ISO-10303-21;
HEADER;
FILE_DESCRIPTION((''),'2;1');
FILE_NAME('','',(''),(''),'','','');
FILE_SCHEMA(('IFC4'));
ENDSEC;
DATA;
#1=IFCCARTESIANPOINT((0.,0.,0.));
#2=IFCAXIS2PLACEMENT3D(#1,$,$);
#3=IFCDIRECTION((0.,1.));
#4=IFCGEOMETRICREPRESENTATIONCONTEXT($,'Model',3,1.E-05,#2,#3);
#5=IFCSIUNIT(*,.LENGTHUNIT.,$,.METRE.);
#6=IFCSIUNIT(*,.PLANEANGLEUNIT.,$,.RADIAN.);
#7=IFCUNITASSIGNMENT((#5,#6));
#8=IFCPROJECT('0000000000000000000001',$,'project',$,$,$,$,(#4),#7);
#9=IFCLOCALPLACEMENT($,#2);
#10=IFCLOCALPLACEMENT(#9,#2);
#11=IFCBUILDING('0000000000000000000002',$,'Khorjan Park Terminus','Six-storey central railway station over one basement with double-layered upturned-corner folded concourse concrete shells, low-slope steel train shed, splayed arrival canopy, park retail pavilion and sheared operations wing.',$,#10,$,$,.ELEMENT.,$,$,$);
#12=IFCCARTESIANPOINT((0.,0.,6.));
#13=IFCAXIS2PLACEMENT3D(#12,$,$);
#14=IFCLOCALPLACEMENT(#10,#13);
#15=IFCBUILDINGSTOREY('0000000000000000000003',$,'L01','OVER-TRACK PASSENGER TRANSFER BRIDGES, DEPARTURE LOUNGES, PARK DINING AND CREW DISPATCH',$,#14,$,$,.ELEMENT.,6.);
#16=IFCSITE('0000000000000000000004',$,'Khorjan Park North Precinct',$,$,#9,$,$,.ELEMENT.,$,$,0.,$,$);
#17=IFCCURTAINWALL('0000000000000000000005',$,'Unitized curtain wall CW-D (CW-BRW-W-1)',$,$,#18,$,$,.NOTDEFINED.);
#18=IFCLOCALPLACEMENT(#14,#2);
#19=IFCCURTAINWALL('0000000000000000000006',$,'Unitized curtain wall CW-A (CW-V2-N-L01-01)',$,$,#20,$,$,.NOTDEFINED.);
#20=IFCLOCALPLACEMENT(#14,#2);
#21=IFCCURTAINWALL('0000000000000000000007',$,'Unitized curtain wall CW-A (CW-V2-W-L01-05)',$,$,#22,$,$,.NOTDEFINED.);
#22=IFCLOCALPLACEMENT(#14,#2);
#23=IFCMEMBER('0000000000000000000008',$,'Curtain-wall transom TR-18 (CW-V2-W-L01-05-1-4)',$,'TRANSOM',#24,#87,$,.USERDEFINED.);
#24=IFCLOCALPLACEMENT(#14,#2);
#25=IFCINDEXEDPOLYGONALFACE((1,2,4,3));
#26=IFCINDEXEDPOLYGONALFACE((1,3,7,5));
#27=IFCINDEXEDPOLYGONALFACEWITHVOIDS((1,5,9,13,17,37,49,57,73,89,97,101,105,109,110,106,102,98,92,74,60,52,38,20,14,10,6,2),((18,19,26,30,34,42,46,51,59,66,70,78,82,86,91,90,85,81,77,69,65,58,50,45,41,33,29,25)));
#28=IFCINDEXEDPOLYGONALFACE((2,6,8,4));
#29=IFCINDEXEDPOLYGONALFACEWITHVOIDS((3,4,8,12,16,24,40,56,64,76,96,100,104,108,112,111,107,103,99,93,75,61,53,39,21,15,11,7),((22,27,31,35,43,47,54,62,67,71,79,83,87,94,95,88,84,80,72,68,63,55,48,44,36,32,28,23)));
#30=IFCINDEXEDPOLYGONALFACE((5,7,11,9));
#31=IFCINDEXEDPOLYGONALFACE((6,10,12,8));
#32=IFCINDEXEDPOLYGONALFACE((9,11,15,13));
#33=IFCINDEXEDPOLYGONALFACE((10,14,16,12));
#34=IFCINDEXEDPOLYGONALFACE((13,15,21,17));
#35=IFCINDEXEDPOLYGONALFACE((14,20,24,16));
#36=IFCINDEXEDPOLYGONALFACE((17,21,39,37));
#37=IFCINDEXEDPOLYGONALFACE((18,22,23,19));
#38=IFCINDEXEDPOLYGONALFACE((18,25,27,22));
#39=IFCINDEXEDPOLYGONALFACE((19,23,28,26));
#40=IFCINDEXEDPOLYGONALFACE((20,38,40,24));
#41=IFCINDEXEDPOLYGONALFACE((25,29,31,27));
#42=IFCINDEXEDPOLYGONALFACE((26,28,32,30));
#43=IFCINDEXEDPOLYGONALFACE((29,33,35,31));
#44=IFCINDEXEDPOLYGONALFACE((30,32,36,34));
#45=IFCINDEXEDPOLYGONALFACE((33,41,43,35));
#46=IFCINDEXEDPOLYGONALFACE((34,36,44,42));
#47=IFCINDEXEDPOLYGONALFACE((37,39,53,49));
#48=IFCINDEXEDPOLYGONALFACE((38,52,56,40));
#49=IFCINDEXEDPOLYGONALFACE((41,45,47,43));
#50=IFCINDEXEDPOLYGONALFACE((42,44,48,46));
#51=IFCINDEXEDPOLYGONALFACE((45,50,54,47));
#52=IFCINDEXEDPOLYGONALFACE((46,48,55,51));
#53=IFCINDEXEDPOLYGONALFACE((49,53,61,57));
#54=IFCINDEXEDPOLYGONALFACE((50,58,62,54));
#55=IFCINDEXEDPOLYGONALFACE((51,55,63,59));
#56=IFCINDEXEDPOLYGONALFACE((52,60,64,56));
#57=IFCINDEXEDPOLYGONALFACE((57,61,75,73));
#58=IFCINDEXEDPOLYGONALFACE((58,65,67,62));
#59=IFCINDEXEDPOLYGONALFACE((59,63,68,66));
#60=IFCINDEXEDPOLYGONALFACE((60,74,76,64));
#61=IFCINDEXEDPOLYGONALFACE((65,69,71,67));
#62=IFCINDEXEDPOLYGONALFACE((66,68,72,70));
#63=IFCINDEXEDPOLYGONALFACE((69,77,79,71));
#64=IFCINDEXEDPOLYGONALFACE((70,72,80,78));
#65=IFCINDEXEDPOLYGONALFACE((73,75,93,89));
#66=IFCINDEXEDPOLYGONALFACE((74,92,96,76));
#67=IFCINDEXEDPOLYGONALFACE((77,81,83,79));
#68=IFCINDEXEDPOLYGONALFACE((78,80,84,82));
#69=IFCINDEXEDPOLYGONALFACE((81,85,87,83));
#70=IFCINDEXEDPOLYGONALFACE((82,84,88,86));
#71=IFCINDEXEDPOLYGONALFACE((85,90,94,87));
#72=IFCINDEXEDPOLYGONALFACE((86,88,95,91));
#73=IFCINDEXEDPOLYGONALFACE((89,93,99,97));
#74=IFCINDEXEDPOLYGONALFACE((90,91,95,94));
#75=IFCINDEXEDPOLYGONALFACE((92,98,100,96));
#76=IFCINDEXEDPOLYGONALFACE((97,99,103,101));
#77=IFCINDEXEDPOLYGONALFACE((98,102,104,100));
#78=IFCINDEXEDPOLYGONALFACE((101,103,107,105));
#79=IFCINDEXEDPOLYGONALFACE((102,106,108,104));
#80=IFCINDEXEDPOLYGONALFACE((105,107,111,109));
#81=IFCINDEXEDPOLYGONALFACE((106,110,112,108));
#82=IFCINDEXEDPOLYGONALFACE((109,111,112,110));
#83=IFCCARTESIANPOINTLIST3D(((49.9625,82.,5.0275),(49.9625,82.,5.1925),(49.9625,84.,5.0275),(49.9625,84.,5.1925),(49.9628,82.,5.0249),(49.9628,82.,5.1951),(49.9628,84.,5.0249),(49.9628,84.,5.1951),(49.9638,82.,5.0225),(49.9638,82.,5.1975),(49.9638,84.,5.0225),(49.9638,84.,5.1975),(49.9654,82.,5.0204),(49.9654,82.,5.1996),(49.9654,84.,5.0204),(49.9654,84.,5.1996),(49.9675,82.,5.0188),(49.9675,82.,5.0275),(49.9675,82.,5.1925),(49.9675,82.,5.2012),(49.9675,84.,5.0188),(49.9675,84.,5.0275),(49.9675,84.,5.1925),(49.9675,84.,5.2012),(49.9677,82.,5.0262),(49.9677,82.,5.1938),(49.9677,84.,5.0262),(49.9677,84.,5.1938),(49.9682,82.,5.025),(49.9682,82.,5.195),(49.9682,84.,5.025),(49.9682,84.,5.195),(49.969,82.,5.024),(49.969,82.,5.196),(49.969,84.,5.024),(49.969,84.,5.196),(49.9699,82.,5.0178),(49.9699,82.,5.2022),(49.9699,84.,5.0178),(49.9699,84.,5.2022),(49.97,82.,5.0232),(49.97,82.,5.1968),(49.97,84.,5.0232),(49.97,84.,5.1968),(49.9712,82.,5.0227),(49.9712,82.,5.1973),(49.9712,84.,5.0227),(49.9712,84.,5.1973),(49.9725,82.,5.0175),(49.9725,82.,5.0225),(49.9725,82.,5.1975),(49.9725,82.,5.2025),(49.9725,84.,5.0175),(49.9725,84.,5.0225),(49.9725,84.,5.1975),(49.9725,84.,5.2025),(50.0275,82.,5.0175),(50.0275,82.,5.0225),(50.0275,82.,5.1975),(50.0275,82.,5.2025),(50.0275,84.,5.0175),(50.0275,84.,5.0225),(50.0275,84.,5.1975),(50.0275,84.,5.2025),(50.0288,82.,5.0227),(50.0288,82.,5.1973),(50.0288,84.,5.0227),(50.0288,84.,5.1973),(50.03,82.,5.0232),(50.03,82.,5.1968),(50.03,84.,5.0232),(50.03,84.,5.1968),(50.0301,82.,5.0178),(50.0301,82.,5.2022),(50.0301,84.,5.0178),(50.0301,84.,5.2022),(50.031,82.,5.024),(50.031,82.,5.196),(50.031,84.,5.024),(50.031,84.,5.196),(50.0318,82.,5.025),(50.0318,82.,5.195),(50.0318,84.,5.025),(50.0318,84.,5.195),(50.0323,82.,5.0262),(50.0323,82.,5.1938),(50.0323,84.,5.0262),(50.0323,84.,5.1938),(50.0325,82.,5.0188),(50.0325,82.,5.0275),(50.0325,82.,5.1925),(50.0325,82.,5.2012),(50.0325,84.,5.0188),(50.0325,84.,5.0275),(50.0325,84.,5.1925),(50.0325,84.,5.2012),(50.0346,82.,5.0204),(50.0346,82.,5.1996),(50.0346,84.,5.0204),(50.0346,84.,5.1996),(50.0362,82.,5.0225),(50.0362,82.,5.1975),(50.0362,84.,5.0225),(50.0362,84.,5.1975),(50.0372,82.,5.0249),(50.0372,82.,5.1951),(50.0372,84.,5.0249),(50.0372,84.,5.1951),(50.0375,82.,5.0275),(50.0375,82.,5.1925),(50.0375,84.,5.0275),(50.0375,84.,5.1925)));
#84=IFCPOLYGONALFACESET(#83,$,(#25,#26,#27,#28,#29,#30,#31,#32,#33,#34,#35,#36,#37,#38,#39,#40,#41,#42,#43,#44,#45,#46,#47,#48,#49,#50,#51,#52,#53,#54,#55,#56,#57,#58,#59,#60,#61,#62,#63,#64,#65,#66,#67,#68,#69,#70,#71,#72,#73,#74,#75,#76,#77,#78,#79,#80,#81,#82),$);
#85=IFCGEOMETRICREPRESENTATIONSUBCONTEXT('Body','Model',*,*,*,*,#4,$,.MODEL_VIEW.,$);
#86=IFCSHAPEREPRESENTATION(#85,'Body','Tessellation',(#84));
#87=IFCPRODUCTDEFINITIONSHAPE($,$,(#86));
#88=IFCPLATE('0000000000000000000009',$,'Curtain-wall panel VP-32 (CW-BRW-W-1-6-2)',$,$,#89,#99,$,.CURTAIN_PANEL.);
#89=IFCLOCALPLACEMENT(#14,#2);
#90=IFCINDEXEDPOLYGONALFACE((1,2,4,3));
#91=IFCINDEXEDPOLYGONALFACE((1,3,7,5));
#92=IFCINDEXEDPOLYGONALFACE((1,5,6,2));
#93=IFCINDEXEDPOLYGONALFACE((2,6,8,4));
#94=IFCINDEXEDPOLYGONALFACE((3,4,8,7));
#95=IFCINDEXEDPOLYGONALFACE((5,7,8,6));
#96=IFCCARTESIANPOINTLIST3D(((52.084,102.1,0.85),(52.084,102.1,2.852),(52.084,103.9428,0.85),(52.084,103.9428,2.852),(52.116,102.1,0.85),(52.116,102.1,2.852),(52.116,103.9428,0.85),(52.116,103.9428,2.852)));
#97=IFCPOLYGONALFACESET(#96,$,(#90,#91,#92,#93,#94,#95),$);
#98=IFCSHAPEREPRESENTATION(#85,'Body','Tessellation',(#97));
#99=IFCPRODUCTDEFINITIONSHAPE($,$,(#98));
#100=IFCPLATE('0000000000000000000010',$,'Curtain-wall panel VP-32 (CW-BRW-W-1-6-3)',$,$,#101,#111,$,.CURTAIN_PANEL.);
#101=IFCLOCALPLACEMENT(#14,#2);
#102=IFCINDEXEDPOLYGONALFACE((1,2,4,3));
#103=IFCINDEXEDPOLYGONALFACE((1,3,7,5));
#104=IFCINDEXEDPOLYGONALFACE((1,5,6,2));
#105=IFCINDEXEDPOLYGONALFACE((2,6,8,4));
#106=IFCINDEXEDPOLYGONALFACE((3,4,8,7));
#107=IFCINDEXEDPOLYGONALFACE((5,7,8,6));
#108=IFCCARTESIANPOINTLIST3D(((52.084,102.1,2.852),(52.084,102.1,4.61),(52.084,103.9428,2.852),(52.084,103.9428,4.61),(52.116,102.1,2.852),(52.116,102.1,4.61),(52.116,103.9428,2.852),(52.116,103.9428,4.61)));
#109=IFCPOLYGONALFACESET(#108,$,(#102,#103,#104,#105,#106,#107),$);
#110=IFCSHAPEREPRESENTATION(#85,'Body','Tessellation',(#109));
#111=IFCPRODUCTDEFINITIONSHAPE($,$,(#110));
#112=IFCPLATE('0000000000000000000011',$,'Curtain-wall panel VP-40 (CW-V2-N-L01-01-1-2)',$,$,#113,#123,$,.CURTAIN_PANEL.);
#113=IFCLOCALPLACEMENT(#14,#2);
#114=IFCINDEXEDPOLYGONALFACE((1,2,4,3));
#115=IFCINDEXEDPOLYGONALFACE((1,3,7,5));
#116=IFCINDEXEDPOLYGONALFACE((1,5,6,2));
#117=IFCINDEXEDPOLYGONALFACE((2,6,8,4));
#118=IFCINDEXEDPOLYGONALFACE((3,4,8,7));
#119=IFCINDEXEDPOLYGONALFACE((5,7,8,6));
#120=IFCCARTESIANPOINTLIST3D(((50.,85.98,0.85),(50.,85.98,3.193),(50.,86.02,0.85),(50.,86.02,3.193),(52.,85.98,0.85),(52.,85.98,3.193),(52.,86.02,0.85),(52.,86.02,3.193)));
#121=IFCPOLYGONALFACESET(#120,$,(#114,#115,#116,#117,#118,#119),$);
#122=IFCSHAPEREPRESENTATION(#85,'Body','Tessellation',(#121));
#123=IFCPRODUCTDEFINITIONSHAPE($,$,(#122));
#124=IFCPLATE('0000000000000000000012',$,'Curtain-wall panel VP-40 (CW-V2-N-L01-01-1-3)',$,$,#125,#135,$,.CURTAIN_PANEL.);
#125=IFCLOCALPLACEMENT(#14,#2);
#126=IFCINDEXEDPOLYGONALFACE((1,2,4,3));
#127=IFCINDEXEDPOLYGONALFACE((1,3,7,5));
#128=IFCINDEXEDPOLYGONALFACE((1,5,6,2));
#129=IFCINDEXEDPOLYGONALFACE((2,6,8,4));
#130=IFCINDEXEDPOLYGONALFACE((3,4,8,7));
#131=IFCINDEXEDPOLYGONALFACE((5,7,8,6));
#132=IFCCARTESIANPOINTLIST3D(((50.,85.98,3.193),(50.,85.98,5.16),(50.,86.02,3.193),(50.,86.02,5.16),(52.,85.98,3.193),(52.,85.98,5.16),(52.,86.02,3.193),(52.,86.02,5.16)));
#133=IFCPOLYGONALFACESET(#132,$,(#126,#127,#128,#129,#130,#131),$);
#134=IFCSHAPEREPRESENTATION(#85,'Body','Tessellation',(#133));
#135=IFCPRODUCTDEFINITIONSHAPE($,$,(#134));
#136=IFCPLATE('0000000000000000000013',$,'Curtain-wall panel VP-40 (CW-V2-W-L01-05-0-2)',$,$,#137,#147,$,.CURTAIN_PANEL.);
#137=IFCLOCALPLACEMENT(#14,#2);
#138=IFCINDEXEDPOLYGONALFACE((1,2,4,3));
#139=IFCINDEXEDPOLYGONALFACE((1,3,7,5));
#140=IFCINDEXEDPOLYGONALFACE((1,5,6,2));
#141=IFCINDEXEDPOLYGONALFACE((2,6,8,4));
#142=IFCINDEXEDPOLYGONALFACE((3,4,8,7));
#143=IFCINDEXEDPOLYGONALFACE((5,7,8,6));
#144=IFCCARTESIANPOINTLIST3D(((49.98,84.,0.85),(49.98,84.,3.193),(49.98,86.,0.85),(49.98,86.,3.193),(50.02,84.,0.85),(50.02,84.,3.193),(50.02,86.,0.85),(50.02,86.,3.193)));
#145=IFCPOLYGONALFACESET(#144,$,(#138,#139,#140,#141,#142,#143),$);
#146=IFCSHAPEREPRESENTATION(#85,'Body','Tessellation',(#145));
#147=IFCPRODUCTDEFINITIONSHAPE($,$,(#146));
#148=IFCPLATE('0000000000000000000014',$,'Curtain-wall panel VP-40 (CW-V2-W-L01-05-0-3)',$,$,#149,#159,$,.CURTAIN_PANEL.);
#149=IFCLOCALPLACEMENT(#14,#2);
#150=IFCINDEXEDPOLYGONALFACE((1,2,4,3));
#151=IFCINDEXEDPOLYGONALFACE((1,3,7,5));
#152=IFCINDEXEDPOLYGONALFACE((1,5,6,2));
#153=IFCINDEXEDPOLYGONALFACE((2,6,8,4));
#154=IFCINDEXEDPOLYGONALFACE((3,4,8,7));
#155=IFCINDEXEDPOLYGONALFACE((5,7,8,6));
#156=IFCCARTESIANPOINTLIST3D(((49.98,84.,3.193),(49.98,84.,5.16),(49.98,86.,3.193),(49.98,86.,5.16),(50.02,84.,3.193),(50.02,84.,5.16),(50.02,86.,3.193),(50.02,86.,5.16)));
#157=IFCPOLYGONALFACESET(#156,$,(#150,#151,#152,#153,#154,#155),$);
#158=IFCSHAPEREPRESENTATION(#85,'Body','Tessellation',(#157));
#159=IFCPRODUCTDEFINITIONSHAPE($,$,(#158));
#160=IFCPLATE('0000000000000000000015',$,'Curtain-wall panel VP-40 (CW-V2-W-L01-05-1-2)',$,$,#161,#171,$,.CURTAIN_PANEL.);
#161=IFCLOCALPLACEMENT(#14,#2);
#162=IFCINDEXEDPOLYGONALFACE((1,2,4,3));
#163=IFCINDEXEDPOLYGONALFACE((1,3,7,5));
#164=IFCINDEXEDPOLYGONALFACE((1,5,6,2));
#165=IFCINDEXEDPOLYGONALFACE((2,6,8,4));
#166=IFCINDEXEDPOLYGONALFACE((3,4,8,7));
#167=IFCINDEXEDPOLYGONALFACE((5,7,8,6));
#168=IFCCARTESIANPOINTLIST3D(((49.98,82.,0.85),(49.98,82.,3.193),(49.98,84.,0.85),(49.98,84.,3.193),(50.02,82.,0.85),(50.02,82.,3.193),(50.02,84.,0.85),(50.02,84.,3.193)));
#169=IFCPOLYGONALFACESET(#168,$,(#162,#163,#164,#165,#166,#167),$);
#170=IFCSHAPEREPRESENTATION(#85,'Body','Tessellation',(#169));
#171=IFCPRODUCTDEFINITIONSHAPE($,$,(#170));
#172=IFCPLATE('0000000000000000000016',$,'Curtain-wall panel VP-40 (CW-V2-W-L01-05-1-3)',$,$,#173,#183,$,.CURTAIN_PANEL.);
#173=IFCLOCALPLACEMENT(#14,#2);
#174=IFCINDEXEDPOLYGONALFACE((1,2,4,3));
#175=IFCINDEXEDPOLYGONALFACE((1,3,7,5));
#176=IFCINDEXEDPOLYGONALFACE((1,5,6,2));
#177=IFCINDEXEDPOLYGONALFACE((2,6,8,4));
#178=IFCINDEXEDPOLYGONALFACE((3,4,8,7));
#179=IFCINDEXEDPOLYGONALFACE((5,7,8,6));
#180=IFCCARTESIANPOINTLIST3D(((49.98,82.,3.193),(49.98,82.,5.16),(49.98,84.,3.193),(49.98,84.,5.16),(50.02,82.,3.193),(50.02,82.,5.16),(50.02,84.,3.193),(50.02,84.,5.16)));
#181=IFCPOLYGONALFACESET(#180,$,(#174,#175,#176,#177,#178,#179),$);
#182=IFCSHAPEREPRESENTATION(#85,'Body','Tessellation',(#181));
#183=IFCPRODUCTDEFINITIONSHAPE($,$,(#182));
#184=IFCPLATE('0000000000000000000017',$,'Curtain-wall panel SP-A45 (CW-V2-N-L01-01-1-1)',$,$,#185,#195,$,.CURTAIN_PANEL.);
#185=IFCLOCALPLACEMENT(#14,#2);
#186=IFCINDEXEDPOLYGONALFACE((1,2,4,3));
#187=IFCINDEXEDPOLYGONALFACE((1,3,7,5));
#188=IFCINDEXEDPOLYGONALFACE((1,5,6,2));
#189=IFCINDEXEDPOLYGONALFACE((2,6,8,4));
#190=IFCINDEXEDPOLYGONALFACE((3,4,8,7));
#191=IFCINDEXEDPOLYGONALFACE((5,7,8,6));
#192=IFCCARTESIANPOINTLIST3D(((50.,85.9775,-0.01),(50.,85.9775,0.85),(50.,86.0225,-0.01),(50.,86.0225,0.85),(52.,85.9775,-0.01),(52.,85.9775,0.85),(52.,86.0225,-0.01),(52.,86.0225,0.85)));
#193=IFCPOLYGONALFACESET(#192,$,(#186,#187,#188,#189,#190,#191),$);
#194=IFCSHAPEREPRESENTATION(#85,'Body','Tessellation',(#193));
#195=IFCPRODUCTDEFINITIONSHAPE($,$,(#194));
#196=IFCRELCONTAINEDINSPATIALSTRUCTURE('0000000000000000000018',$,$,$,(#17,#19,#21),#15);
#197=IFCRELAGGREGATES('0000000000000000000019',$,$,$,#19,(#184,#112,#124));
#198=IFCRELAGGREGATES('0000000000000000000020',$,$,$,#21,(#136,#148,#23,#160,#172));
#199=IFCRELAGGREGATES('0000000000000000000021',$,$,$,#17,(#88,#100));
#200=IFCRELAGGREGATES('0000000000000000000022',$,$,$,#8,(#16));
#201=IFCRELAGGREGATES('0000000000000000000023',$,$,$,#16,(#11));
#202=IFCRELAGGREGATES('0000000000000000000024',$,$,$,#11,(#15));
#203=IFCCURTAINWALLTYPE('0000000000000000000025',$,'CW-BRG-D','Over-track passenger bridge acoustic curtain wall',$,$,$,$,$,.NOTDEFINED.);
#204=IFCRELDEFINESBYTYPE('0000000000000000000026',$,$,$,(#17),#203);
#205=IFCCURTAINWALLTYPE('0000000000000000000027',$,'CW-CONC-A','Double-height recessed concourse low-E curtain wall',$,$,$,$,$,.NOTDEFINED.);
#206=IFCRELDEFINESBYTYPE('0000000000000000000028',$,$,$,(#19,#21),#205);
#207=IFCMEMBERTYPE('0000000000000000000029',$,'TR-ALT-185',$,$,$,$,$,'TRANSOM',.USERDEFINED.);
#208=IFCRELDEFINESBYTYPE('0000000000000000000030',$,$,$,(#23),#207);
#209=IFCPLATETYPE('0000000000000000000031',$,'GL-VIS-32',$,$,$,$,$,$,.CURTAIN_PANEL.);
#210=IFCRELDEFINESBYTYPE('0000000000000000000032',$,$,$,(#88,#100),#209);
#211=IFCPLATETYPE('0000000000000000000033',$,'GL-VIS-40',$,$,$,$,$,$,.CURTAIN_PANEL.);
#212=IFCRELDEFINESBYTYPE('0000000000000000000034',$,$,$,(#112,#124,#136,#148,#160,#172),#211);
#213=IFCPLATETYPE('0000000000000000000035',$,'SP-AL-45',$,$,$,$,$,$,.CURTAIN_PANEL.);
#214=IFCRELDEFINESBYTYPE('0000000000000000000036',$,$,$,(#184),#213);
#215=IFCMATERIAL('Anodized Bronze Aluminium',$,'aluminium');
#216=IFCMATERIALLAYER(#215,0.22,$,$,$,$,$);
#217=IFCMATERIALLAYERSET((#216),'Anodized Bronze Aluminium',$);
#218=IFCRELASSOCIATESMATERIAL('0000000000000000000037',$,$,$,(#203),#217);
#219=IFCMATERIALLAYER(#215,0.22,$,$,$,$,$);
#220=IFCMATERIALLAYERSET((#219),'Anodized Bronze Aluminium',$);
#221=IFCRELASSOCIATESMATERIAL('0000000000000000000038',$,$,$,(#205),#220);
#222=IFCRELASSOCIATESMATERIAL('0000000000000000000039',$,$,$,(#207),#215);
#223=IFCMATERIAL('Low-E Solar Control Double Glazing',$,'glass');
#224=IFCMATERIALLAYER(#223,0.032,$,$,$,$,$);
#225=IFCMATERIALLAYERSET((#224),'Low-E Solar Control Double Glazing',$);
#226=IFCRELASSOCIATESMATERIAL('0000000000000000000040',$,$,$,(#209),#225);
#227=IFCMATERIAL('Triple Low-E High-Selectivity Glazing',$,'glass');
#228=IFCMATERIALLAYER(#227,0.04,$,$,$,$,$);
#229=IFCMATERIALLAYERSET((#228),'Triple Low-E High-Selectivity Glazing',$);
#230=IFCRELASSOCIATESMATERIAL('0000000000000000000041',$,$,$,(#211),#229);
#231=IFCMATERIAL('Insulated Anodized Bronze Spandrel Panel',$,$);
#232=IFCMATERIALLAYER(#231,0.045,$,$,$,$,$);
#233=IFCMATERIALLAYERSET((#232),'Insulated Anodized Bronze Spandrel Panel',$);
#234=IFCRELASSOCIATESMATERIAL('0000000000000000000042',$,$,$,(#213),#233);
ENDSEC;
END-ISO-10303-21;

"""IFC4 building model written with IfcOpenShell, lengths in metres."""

from ifc_helpers import new_model, si_unit, direction, frame, origin, origin_2d, place, context, subcontext, project, spatial, rectangle, hollow_rectangle, extrude, material, layer, layer_set, material_profile, profile_set, type_object, element, aggregate, save


model = new_model("IFC4")

# Units and contexts
model_context = context("Model", 3, precision=1e-05, world=origin(), true_north=direction((0.0, 1.0)))
body_context = subcontext(model_context, "Body", "Model", "MODEL_VIEW")
ifc_project = project(units=[si_unit("LENGTHUNIT", "METRE"), si_unit("PLANEANGLEUNIT", "RADIAN")], contexts=[model_context])

# Site, building, storey
site_placement = place(None, origin())
site = spatial("IfcSite", under=ifc_project, at=site_placement, Name="Khorjan Park North Precinct", CompositionType="ELEMENT", RefElevation=0.0)
building_placement = place(site_placement, origin())
building = spatial("IfcBuilding", under=site, at=building_placement, Name="Khorjan Park Terminus", Description="Six-storey central railway station over one basement with double-layered upturned-corner folded concourse concrete shells, low-slope steel train shed, splayed arrival canopy, park retail pavilion and sheared operations wing.", CompositionType="ELEMENT")
storey_placement = place(building_placement, frame((0.0, 0.0, 6.0)))
storey = spatial("IfcBuildingStorey", under=building, at=storey_placement, Name="L01", Description="OVER-TRACK PASSENGER TRANSFER BRIDGES, DEPARTURE LOUNGES, PARK DINING AND CREW DISPATCH", CompositionType="ELEMENT", Elevation=6.0)

# Curtain walls
ifc_material_1 = material(Name="Anodized Bronze Aluminium", Category="aluminium")
ifc_layer_1 = layer(ifc_material_1, 0.22)
ifc_layer_set_1 = layer_set([ifc_layer_1], Name="Anodized Bronze Aluminium")
curtain_wall_type_1 = type_object("IfcCurtainWallType", Name="CW-BRG-D", Description="Over-track passenger bridge acoustic curtain wall", PredefinedType="NOTDEFINED", material=ifc_layer_set_1)
curtain_wall_1_placement = place(storey_placement, origin())
curtain_wall_1 = element("IfcCurtainWall", 1, at=curtain_wall_1_placement, inside=storey, type_object=curtain_wall_type_1, Name="Unitized curtain wall CW-D (CW-BRW-W-1)", PredefinedType="NOTDEFINED")
ifc_layer_2 = layer(ifc_material_1, 0.22)
ifc_layer_set_2 = layer_set([ifc_layer_2], Name="Anodized Bronze Aluminium")
curtain_wall_type_2 = type_object("IfcCurtainWallType", Name="CW-CONC-A", Description="Double-height recessed concourse low-E curtain wall", PredefinedType="NOTDEFINED", material=ifc_layer_set_2)
curtain_wall_2_placement = place(storey_placement, origin())
curtain_wall_2 = element("IfcCurtainWall", 2, at=curtain_wall_2_placement, inside=storey, type_object=curtain_wall_type_2, Name="Unitized curtain wall CW-A (CW-V2-N-L01-01)", PredefinedType="NOTDEFINED")

# Curtain wall
curtain_wall_3_placement = place(storey_placement, origin())
curtain_wall_3 = element("IfcCurtainWall", 3, at=curtain_wall_3_placement, inside=storey, type_object=curtain_wall_type_2, Name="Unitized curtain wall CW-A (CW-V2-W-L01-05)", PredefinedType="NOTDEFINED")

# Member
ifc_material_profile_1 = material_profile(ifc_material_1, hollow_rectangle(XDim=0.075, YDim=0.185, WallThickness=0.005, InnerFilletRadius=0.005, OuterFilletRadius=0.01, at=origin_2d()), Name="ALT 75x185x5")
ifc_profile_set_1 = profile_set([ifc_material_profile_1], Name="Anodized Bronze Aluminium")
member_type_1 = type_object("IfcMemberType", Name="TR-ALT-185", ElementType="TRANSOM", PredefinedType="USERDEFINED", material=ifc_profile_set_1)
member_1_placement = place(storey_placement, frame((50.0, 84.0, 5.11), z_axis=(0.0, -1.0, 0.0), x_axis=(1.0, 0.0, 0.0)))
member_1 = element("IfcMember", 4, at=member_1_placement, type_object=member_type_1, Name="Curtain-wall transom TR-18 (CW-V2-W-L01-05-1-4)", ObjectType="TRANSOM", PredefinedType="USERDEFINED", context=body_context, shape_type="SweptSolid", body=[
    extrude(hollow_rectangle(XDim=0.075, YDim=0.185, WallThickness=0.005, InnerFilletRadius=0.005, OuterFilletRadius=0.01, at=origin_2d()), origin(), (0.0, 0.0, 1.0), 2.0),
])

# Plates
ifc_material_2 = material(Name="Low-E Solar Control Double Glazing", Category="glass")
ifc_layer_3 = layer(ifc_material_2, 0.032)
ifc_layer_set_3 = layer_set([ifc_layer_3], Name="Low-E Solar Control Double Glazing")
plate_type_1 = type_object("IfcPlateType", Name="GL-VIS-32", PredefinedType="CURTAIN_PANEL", material=ifc_layer_set_3)
plate_1_placement = place(storey_placement, frame((52.1, 103.0214, 0.85), z_axis=(0.0, 0.0, 1.0), x_axis=(0.0, -1.0, 0.0)))
plate_1 = element("IfcPlate", 5, at=plate_1_placement, type_object=plate_type_1, Name="Curtain-wall panel VP-32 (CW-BRW-W-1-6-2)", PredefinedType="CURTAIN_PANEL", context=body_context, shape_type="SweptSolid", body=[
    extrude(rectangle(XDim=1.8429, YDim=0.032, at=origin_2d()), origin(), (0.0, 0.0, 1.0), 2.002),
])
plate_2_placement = place(storey_placement, frame((52.1, 103.0214, 2.852), z_axis=(0.0, 0.0, 1.0), x_axis=(0.0, -1.0, 0.0)))
plate_2 = element("IfcPlate", 6, at=plate_2_placement, type_object=plate_type_1, Name="Curtain-wall panel VP-32 (CW-BRW-W-1-6-3)", PredefinedType="CURTAIN_PANEL", context=body_context, shape_type="SweptSolid", body=[
    extrude(rectangle(XDim=1.8429, YDim=0.032, at=origin_2d()), origin(), (0.0, 0.0, 1.0), 1.758),
])
ifc_material_3 = material(Name="Triple Low-E High-Selectivity Glazing", Category="glass")
ifc_layer_4 = layer(ifc_material_3, 0.04)
ifc_layer_set_4 = layer_set([ifc_layer_4], Name="Triple Low-E High-Selectivity Glazing")
plate_type_2 = type_object("IfcPlateType", Name="GL-VIS-40", PredefinedType="CURTAIN_PANEL", material=ifc_layer_set_4)
plate_3_placement = place(storey_placement, frame((51.0, 86.0, 0.85), z_axis=(0.0, 0.0, 1.0), x_axis=(-1.0, 0.0, 0.0)))
plate_3 = element("IfcPlate", 7, at=plate_3_placement, type_object=plate_type_2, Name="Curtain-wall panel VP-40 (CW-V2-N-L01-01-1-2)", PredefinedType="CURTAIN_PANEL", context=body_context, shape_type="SweptSolid", body=[
    extrude(rectangle(XDim=2.0, YDim=0.04, at=origin_2d()), origin(), (0.0, 0.0, 1.0), 2.343),
])
plate_4_placement = place(storey_placement, frame((51.0, 86.0, 3.193), z_axis=(0.0, 0.0, 1.0), x_axis=(-1.0, 0.0, 0.0)))
plate_4 = element("IfcPlate", 8, at=plate_4_placement, type_object=plate_type_2, Name="Curtain-wall panel VP-40 (CW-V2-N-L01-01-1-3)", PredefinedType="CURTAIN_PANEL", context=body_context, shape_type="SweptSolid", body=[
    extrude(rectangle(XDim=2.0, YDim=0.04, at=origin_2d()), origin(), (0.0, 0.0, 1.0), 1.967),
])
plate_5_placement = place(storey_placement, frame((50.0, 85.0, 0.85), z_axis=(0.0, 0.0, 1.0), x_axis=(0.0, -1.0, 0.0)))
plate_5 = element("IfcPlate", 9, at=plate_5_placement, type_object=plate_type_2, Name="Curtain-wall panel VP-40 (CW-V2-W-L01-05-0-2)", PredefinedType="CURTAIN_PANEL", context=body_context, shape_type="SweptSolid", body=[
    extrude(rectangle(XDim=2.0, YDim=0.04, at=origin_2d()), origin(), (0.0, 0.0, 1.0), 2.343),
])
plate_6_placement = place(storey_placement, frame((50.0, 85.0, 3.193), z_axis=(0.0, 0.0, 1.0), x_axis=(0.0, -1.0, 0.0)))
plate_6 = element("IfcPlate", 10, at=plate_6_placement, type_object=plate_type_2, Name="Curtain-wall panel VP-40 (CW-V2-W-L01-05-0-3)", PredefinedType="CURTAIN_PANEL", context=body_context, shape_type="SweptSolid", body=[
    extrude(rectangle(XDim=2.0, YDim=0.04, at=origin_2d()), origin(), (0.0, 0.0, 1.0), 1.967),
])
plate_7_placement = place(storey_placement, frame((50.0, 83.0, 0.85), z_axis=(0.0, 0.0, 1.0), x_axis=(0.0, -1.0, 0.0)))
plate_7 = element("IfcPlate", 11, at=plate_7_placement, type_object=plate_type_2, Name="Curtain-wall panel VP-40 (CW-V2-W-L01-05-1-2)", PredefinedType="CURTAIN_PANEL", context=body_context, shape_type="SweptSolid", body=[
    extrude(rectangle(XDim=2.0, YDim=0.04, at=origin_2d()), origin(), (0.0, 0.0, 1.0), 2.343),
])
plate_8_placement = place(storey_placement, frame((50.0, 83.0, 3.193), z_axis=(0.0, 0.0, 1.0), x_axis=(0.0, -1.0, 0.0)))
plate_8 = element("IfcPlate", 12, at=plate_8_placement, type_object=plate_type_2, Name="Curtain-wall panel VP-40 (CW-V2-W-L01-05-1-3)", PredefinedType="CURTAIN_PANEL", context=body_context, shape_type="SweptSolid", body=[
    extrude(rectangle(XDim=2.0, YDim=0.04, at=origin_2d()), origin(), (0.0, 0.0, 1.0), 1.967),
])
ifc_material_4 = material(Name="Insulated Anodized Bronze Spandrel Panel")
ifc_layer_5 = layer(ifc_material_4, 0.045)
ifc_layer_set_5 = layer_set([ifc_layer_5], Name="Insulated Anodized Bronze Spandrel Panel")
plate_type_3 = type_object("IfcPlateType", Name="SP-AL-45", PredefinedType="CURTAIN_PANEL", material=ifc_layer_set_5)
plate_9_placement = place(storey_placement, frame((51.0, 86.0, -0.01), z_axis=(0.0, 0.0, 1.0), x_axis=(-1.0, 0.0, 0.0)))
plate_9 = element("IfcPlate", 13, at=plate_9_placement, type_object=plate_type_3, Name="Curtain-wall panel SP-A45 (CW-V2-N-L01-01-1-1)", PredefinedType="CURTAIN_PANEL", context=body_context, shape_type="SweptSolid", body=[
    extrude(rectangle(XDim=2.0, YDim=0.045, at=origin_2d()), origin(), (0.0, 0.0, 1.0), 0.86),
])
aggregate(curtain_wall_2, [plate_9, plate_3, plate_4])
aggregate(curtain_wall_3, [plate_5, plate_6, member_1, plate_7, plate_8])
aggregate(curtain_wall_1, [plate_1, plate_2])

save(model, "model.ifc")
